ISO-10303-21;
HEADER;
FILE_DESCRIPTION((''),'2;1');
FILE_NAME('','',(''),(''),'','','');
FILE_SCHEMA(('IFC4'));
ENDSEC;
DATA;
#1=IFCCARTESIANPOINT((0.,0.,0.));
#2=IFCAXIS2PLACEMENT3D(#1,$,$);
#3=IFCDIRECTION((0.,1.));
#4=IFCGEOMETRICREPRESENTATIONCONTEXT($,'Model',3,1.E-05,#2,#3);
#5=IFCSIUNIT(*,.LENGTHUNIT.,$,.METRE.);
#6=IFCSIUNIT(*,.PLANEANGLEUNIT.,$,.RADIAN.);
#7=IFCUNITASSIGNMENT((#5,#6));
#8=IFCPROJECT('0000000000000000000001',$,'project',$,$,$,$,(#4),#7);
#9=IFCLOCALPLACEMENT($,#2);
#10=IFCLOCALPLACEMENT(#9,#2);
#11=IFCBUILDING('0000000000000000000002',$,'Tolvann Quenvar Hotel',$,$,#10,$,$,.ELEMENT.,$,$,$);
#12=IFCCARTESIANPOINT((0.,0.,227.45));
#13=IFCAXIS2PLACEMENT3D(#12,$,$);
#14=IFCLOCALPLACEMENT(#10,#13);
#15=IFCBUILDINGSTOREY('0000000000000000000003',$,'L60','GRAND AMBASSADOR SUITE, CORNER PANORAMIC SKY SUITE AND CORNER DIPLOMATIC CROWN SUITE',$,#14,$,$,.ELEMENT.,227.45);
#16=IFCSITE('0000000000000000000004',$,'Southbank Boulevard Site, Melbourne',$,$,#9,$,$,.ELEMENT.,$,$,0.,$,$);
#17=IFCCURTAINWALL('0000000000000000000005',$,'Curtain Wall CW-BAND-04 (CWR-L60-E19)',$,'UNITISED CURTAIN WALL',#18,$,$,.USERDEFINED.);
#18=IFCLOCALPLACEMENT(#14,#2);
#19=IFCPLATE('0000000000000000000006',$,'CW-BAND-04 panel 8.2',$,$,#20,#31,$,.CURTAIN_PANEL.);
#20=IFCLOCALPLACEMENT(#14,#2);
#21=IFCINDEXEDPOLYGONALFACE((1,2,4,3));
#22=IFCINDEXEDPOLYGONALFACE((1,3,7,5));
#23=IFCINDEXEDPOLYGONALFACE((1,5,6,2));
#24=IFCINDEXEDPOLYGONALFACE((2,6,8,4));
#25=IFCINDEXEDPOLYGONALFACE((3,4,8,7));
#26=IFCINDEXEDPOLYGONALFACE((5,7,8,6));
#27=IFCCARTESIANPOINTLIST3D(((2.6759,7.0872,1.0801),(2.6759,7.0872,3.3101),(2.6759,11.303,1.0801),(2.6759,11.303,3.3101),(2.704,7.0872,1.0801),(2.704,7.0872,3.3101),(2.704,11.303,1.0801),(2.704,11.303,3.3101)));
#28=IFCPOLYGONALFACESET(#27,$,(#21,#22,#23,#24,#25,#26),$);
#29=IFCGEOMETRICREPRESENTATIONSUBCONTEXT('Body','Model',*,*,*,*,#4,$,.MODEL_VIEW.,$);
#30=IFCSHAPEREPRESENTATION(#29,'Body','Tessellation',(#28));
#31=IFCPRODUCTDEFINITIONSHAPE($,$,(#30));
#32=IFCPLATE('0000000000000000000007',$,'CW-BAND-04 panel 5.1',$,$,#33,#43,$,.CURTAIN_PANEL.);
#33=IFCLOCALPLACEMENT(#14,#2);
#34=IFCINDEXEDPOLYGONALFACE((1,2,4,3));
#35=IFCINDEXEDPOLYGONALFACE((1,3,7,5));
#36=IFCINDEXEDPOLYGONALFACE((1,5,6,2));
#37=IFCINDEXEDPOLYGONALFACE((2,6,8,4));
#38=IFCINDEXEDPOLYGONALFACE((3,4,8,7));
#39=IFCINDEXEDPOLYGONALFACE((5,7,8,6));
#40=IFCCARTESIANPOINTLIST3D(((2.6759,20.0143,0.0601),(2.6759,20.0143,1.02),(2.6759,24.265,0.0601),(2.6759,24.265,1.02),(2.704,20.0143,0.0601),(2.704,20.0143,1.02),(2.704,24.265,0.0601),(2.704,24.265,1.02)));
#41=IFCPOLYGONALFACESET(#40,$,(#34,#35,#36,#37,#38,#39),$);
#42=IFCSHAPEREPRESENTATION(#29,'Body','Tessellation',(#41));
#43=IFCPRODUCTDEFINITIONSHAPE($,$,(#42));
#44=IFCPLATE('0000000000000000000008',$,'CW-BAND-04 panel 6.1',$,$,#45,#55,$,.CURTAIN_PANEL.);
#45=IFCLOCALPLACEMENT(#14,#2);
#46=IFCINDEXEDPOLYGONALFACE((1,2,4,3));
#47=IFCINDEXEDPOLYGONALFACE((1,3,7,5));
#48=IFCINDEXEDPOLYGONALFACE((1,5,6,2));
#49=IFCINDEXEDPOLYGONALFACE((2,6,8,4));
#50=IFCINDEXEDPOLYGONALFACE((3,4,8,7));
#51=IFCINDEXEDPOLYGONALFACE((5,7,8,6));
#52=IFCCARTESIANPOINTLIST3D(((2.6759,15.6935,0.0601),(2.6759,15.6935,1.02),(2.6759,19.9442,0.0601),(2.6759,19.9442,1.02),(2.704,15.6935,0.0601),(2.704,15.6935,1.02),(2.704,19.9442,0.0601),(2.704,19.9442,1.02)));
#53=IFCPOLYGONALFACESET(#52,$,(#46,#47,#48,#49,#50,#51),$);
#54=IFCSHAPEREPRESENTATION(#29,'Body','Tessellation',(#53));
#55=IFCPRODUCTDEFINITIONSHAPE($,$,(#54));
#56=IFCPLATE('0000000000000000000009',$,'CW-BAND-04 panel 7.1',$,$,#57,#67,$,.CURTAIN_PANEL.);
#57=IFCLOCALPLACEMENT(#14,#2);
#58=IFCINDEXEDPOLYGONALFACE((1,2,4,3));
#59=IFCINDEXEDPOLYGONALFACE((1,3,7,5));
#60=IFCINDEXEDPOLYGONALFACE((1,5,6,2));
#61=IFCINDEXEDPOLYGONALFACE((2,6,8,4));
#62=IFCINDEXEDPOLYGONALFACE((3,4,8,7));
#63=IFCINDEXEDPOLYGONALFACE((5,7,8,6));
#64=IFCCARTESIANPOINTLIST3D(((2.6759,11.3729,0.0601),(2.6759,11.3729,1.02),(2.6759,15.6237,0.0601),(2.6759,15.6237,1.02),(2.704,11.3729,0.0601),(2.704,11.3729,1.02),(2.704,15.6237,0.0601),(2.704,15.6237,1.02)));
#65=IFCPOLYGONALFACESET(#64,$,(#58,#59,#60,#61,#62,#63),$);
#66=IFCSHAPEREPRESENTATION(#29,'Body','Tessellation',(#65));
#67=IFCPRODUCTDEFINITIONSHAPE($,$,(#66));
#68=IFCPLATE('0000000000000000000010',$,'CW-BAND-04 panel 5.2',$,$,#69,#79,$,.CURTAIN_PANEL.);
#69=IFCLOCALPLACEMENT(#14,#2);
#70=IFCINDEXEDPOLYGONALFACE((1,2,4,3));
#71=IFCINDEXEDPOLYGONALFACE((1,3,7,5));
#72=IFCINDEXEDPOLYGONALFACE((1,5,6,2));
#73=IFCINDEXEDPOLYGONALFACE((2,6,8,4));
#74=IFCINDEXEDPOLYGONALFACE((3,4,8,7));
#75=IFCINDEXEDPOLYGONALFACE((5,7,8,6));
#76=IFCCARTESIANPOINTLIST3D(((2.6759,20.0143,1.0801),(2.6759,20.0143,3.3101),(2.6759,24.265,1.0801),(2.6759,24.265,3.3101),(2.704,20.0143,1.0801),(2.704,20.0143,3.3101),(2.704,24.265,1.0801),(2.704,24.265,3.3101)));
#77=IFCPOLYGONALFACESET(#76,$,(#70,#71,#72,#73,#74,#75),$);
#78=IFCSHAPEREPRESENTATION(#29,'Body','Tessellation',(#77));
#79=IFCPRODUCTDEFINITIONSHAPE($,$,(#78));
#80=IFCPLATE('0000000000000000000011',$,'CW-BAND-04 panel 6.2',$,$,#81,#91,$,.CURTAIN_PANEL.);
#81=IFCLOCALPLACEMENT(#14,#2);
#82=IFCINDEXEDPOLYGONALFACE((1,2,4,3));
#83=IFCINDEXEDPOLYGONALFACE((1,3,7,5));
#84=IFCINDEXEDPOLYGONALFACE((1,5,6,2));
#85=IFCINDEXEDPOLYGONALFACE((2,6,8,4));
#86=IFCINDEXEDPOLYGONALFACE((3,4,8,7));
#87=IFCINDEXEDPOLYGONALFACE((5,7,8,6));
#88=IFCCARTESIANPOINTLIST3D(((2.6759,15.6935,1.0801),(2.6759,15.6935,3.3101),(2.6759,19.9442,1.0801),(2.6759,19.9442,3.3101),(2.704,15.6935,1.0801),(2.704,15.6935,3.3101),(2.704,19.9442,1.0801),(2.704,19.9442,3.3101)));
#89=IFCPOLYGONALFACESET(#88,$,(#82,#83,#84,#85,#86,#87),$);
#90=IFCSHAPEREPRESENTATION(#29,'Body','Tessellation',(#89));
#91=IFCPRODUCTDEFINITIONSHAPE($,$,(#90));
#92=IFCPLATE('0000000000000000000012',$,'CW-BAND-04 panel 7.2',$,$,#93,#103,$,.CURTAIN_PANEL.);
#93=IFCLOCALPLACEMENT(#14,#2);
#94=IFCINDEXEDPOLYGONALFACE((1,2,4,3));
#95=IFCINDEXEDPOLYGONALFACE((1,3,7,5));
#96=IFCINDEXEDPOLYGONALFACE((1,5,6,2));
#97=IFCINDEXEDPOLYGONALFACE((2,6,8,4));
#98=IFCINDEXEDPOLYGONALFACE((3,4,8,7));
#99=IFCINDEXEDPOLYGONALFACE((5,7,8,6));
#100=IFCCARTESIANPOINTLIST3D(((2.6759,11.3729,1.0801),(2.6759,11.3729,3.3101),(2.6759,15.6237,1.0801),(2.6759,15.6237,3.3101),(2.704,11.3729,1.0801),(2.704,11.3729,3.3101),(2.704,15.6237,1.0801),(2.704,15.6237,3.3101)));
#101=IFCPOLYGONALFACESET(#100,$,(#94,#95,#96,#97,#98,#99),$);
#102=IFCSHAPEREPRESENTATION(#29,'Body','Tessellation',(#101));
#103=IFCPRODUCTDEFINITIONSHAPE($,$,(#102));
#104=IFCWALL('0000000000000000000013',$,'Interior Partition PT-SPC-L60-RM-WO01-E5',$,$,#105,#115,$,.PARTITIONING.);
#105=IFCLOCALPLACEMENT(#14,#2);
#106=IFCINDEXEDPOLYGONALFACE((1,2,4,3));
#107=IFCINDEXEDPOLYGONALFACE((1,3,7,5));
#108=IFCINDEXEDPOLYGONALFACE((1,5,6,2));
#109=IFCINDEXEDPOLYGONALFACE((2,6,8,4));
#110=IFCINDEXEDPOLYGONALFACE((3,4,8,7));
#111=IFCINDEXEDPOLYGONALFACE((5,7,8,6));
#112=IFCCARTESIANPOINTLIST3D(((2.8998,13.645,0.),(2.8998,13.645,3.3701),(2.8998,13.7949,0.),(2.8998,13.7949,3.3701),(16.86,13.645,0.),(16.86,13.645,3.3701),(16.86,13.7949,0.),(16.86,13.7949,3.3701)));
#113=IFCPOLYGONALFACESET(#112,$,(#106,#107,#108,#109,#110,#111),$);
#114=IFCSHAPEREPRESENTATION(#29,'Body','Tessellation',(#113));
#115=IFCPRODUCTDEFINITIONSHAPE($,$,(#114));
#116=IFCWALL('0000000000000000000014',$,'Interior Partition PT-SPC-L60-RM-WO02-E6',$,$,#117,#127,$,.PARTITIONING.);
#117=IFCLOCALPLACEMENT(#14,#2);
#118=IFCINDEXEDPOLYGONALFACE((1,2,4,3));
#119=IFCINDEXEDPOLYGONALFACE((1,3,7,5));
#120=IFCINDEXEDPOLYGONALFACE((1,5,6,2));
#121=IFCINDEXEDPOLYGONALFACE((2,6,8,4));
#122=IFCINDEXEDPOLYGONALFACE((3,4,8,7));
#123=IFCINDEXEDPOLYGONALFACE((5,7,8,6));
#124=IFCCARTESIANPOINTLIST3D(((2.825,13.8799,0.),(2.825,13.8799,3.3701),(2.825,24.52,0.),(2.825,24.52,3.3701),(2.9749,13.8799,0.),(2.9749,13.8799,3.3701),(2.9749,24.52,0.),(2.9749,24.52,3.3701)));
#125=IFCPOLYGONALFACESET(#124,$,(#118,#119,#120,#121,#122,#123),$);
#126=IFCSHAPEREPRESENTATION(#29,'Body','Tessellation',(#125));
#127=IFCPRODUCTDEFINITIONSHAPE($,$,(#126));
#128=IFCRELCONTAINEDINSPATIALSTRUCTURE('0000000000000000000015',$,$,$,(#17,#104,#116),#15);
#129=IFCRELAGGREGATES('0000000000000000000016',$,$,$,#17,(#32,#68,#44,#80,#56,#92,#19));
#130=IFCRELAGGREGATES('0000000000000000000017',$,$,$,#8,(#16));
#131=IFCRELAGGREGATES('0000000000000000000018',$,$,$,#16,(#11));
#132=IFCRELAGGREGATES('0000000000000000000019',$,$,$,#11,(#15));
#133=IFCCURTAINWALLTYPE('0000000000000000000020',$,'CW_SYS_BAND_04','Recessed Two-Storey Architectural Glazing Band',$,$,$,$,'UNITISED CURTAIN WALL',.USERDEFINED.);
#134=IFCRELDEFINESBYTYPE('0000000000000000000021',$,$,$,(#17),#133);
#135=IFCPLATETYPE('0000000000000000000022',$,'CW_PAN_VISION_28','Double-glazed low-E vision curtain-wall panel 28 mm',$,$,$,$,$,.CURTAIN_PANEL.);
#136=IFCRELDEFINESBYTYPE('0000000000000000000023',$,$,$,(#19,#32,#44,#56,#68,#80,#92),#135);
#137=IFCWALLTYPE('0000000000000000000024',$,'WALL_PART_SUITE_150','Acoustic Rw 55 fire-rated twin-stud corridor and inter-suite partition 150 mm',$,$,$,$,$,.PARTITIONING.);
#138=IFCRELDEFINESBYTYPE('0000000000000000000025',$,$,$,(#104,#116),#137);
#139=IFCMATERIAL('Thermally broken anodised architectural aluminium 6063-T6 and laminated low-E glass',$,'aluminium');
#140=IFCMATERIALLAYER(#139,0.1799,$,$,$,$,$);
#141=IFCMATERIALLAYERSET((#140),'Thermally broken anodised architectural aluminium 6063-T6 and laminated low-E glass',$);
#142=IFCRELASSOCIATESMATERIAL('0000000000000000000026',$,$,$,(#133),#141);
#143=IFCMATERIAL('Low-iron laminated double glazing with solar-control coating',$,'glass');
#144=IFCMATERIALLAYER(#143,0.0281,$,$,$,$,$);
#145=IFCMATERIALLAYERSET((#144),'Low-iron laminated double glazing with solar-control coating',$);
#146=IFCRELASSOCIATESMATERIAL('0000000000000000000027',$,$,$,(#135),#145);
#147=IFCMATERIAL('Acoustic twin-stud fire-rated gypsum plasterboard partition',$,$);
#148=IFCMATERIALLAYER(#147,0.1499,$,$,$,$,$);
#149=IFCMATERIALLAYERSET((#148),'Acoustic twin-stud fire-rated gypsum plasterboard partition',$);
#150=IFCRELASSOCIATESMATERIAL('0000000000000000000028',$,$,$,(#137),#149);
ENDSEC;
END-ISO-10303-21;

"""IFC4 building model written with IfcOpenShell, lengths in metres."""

from ifc_helpers import new_model, si_unit, direction, frame, frame_2d, origin, origin_2d, place, context, subcontext, project, spatial, rectangle, extrude, source, transform, mapped, material, layer, layer_set, type_object, element, aggregate, save


model = new_model("IFC4")

# Units and contexts
model_context = context("Model", 3, precision=1e-05, world=origin(), true_north=direction((0.0, 1.0)))
body_context = subcontext(model_context, "Body", "Model", "MODEL_VIEW")
ifc_project = project(units=[si_unit("LENGTHUNIT", "METRE"), si_unit("PLANEANGLEUNIT", "RADIAN")], contexts=[model_context])

# Site, building, storey
site_placement = place(None, origin())
site = spatial("IfcSite", under=ifc_project, at=site_placement, Name="Southbank Boulevard Site, Melbourne", CompositionType="ELEMENT", RefElevation=0.0)
building_placement = place(site_placement, origin())
building = spatial("IfcBuilding", under=site, at=building_placement, Name="Tolvann Quenvar Hotel", CompositionType="ELEMENT")
storey_placement = place(building_placement, frame((0.0, 0.0, 227.45)))
storey = spatial("IfcBuildingStorey", under=building, at=storey_placement, Name="L60", Description="GRAND AMBASSADOR SUITE, CORNER PANORAMIC SKY SUITE AND CORNER DIPLOMATIC CROWN SUITE", CompositionType="ELEMENT", Elevation=227.45)

# Curtain wall, plates
ifc_material_1 = material(Name="Thermally broken anodised architectural aluminium 6063-T6 and laminated low-E glass", Category="aluminium")
ifc_layer_1 = layer(ifc_material_1, 0.1799)
ifc_layer_set_1 = layer_set([ifc_layer_1], Name="Thermally broken anodised architectural aluminium 6063-T6 and laminated low-E glass")
curtain_wall_type = type_object("IfcCurtainWallType", Name="CW_SYS_BAND_04", Description="Recessed Two-Storey Architectural Glazing Band", ElementType="UNITISED CURTAIN WALL", PredefinedType="USERDEFINED", material=ifc_layer_set_1)
curtain_wall_placement = place(storey_placement, origin())
curtain_wall = element("IfcCurtainWall", 1, at=curtain_wall_placement, inside=storey, type_object=curtain_wall_type, Name="Curtain Wall CW-BAND-04 (CWR-L60-E19)", ObjectType="UNITISED CURTAIN WALL", PredefinedType="USERDEFINED")
ifc_material_2 = material(Name="Low-iron laminated double glazing with solar-control coating", Category="glass")
ifc_layer_2 = layer(ifc_material_2, 0.0281)
ifc_layer_set_2 = layer_set([ifc_layer_2], Name="Low-iron laminated double glazing with solar-control coating")
plate_type = type_object("IfcPlateType", Name="CW_PAN_VISION_28", Description="Double-glazed low-E vision curtain-wall panel 28 mm", PredefinedType="CURTAIN_PANEL", material=ifc_layer_set_2)
shared_shape_1 = source(origin(), body_context, "Body", "SweptSolid", [
    extrude(rectangle(XDim=4.2158, YDim=0.0281, at=origin_2d()), origin(), (0.0, 0.0, 1.0), 2.23),
])
plate_1_placement = place(storey_placement, frame((2.6899, 9.1951, 1.0801), z_axis=(0.0, 0.0, 1.0), x_axis=(0.0, -1.0, 0.0)))
plate_1 = element("IfcPlate", 2, at=plate_1_placement, type_object=plate_type, Name="CW-BAND-04 panel 8.2", PredefinedType="CURTAIN_PANEL", context=body_context, shape_type="MappedRepresentation", body=[
    mapped(shared_shape_1, transform((0.0, 0.0, 0.0), x_axis=(1.0, 0.0, 0.0), y_axis=(0.0, 1.0, 0.0), z_axis=(0.0, 0.0, 1.0), scale=1.0)),
])
shared_shape_2 = source(origin(), body_context, "Body", "SweptSolid", [
    extrude(rectangle(XDim=4.2507, YDim=0.0281, at=origin_2d()), origin(), (0.0, 0.0, 1.0), 0.96),
])
plate_2_placement = place(storey_placement, frame((2.6899, 22.1396, 0.0601), z_axis=(0.0, 0.0, 1.0), x_axis=(0.0, -1.0, 0.0)))
plate_2 = element("IfcPlate", 3, at=plate_2_placement, type_object=plate_type, Name="CW-BAND-04 panel 5.1", PredefinedType="CURTAIN_PANEL", context=body_context, shape_type="MappedRepresentation", body=[
    mapped(shared_shape_2, transform((0.0, 0.0, 0.0), x_axis=(1.0, 0.0, 0.0), y_axis=(0.0, 1.0, 0.0), z_axis=(0.0, 0.0, 1.0), scale=1.0)),
])
plate_3_placement = place(storey_placement, frame((2.6899, 17.8188, 0.0601), z_axis=(0.0, 0.0, 1.0), x_axis=(0.0, -1.0, 0.0)))
plate_3 = element("IfcPlate", 4, at=plate_3_placement, type_object=plate_type, Name="CW-BAND-04 panel 6.1", PredefinedType="CURTAIN_PANEL", context=body_context, shape_type="MappedRepresentation", body=[
    mapped(shared_shape_2, transform((0.0, 0.0, 0.0), x_axis=(1.0, 0.0, 0.0), y_axis=(0.0, 1.0, 0.0), z_axis=(0.0, 0.0, 1.0), scale=1.0)),
])
plate_4_placement = place(storey_placement, frame((2.6899, 13.4983, 0.0601), z_axis=(0.0, 0.0, 1.0), x_axis=(0.0, -1.0, 0.0)))
plate_4 = element("IfcPlate", 5, at=plate_4_placement, type_object=plate_type, Name="CW-BAND-04 panel 7.1", PredefinedType="CURTAIN_PANEL", context=body_context, shape_type="MappedRepresentation", body=[
    mapped(shared_shape_2, transform((0.0, 0.0, 0.0), x_axis=(1.0, 0.0, 0.0), y_axis=(0.0, 1.0, 0.0), z_axis=(0.0, 0.0, 1.0), scale=1.0)),
])
shared_shape_3 = source(origin(), body_context, "Body", "SweptSolid", [
    extrude(rectangle(XDim=4.2507, YDim=0.0281, at=origin_2d()), origin(), (0.0, 0.0, 1.0), 2.23),
])
plate_5_placement = place(storey_placement, frame((2.6899, 22.1396, 1.0801), z_axis=(0.0, 0.0, 1.0), x_axis=(0.0, -1.0, 0.0)))
plate_5 = element("IfcPlate", 6, at=plate_5_placement, type_object=plate_type, Name="CW-BAND-04 panel 5.2", PredefinedType="CURTAIN_PANEL", context=body_context, shape_type="MappedRepresentation", body=[
    mapped(shared_shape_3, transform((0.0, 0.0, 0.0), x_axis=(1.0, 0.0, 0.0), y_axis=(0.0, 1.0, 0.0), z_axis=(0.0, 0.0, 1.0), scale=1.0)),
])
plate_6_placement = place(storey_placement, frame((2.6899, 17.8188, 1.0801), z_axis=(0.0, 0.0, 1.0), x_axis=(0.0, -1.0, 0.0)))
plate_6 = element("IfcPlate", 7, at=plate_6_placement, type_object=plate_type, Name="CW-BAND-04 panel 6.2", PredefinedType="CURTAIN_PANEL", context=body_context, shape_type="MappedRepresentation", body=[
    mapped(shared_shape_3, transform((0.0, 0.0, 0.0), x_axis=(1.0, 0.0, 0.0), y_axis=(0.0, 1.0, 0.0), z_axis=(0.0, 0.0, 1.0), scale=1.0)),
])
plate_7_placement = place(storey_placement, frame((2.6899, 13.4983, 1.0801), z_axis=(0.0, 0.0, 1.0), x_axis=(0.0, -1.0, 0.0)))
plate_7 = element("IfcPlate", 8, at=plate_7_placement, type_object=plate_type, Name="CW-BAND-04 panel 7.2", PredefinedType="CURTAIN_PANEL", context=body_context, shape_type="MappedRepresentation", body=[
    mapped(shared_shape_3, transform((0.0, 0.0, 0.0), x_axis=(1.0, 0.0, 0.0), y_axis=(0.0, 1.0, 0.0), z_axis=(0.0, 0.0, 1.0), scale=1.0)),
])
aggregate(curtain_wall, [plate_2, plate_5, plate_3, plate_6, plate_4, plate_7, plate_1])

# Walls
ifc_material_3 = material(Name="Acoustic twin-stud fire-rated gypsum plasterboard partition")
ifc_layer_3 = layer(ifc_material_3, 0.1499)
ifc_layer_set_3 = layer_set([ifc_layer_3], Name="Acoustic twin-stud fire-rated gypsum plasterboard partition")
wall_type = type_object("IfcWallType", Name="WALL_PART_SUITE_150", Description="Acoustic Rw 55 fire-rated twin-stud corridor and inter-suite partition 150 mm", PredefinedType="PARTITIONING", material=ifc_layer_set_3)
wall_1_placement = place(storey_placement, frame((2.8999, 13.72, 0.0), z_axis=(0.0, 0.0, 1.0), x_axis=(1.0, 0.0, 0.0)))
element("IfcWall", 9, at=wall_1_placement, inside=storey, type_object=wall_type, Name="Interior Partition PT-SPC-L60-RM-WO01-E5", PredefinedType="PARTITIONING", context=body_context, shape_type="SweptSolid", body=[
    extrude(rectangle(XDim=13.9602, YDim=0.1499, at=frame_2d((6.98, 0.0))), origin(), (0.0, 0.0, 1.0), 3.3701),
])
wall_2_placement = place(storey_placement, frame((2.8999, 13.8799, 0.0), z_axis=(0.0, 0.0, 1.0), x_axis=(0.0, 1.0, 0.0)))
element("IfcWall", 10, at=wall_2_placement, inside=storey, type_object=wall_type, Name="Interior Partition PT-SPC-L60-RM-WO02-E6", PredefinedType="PARTITIONING", context=body_context, shape_type="SweptSolid", body=[
    extrude(rectangle(XDim=10.6401, YDim=0.1499, at=frame_2d((5.3201, 0.0))), origin(), (0.0, 0.0, 1.0), 3.3701),
])

save(model, "model.ifc")
